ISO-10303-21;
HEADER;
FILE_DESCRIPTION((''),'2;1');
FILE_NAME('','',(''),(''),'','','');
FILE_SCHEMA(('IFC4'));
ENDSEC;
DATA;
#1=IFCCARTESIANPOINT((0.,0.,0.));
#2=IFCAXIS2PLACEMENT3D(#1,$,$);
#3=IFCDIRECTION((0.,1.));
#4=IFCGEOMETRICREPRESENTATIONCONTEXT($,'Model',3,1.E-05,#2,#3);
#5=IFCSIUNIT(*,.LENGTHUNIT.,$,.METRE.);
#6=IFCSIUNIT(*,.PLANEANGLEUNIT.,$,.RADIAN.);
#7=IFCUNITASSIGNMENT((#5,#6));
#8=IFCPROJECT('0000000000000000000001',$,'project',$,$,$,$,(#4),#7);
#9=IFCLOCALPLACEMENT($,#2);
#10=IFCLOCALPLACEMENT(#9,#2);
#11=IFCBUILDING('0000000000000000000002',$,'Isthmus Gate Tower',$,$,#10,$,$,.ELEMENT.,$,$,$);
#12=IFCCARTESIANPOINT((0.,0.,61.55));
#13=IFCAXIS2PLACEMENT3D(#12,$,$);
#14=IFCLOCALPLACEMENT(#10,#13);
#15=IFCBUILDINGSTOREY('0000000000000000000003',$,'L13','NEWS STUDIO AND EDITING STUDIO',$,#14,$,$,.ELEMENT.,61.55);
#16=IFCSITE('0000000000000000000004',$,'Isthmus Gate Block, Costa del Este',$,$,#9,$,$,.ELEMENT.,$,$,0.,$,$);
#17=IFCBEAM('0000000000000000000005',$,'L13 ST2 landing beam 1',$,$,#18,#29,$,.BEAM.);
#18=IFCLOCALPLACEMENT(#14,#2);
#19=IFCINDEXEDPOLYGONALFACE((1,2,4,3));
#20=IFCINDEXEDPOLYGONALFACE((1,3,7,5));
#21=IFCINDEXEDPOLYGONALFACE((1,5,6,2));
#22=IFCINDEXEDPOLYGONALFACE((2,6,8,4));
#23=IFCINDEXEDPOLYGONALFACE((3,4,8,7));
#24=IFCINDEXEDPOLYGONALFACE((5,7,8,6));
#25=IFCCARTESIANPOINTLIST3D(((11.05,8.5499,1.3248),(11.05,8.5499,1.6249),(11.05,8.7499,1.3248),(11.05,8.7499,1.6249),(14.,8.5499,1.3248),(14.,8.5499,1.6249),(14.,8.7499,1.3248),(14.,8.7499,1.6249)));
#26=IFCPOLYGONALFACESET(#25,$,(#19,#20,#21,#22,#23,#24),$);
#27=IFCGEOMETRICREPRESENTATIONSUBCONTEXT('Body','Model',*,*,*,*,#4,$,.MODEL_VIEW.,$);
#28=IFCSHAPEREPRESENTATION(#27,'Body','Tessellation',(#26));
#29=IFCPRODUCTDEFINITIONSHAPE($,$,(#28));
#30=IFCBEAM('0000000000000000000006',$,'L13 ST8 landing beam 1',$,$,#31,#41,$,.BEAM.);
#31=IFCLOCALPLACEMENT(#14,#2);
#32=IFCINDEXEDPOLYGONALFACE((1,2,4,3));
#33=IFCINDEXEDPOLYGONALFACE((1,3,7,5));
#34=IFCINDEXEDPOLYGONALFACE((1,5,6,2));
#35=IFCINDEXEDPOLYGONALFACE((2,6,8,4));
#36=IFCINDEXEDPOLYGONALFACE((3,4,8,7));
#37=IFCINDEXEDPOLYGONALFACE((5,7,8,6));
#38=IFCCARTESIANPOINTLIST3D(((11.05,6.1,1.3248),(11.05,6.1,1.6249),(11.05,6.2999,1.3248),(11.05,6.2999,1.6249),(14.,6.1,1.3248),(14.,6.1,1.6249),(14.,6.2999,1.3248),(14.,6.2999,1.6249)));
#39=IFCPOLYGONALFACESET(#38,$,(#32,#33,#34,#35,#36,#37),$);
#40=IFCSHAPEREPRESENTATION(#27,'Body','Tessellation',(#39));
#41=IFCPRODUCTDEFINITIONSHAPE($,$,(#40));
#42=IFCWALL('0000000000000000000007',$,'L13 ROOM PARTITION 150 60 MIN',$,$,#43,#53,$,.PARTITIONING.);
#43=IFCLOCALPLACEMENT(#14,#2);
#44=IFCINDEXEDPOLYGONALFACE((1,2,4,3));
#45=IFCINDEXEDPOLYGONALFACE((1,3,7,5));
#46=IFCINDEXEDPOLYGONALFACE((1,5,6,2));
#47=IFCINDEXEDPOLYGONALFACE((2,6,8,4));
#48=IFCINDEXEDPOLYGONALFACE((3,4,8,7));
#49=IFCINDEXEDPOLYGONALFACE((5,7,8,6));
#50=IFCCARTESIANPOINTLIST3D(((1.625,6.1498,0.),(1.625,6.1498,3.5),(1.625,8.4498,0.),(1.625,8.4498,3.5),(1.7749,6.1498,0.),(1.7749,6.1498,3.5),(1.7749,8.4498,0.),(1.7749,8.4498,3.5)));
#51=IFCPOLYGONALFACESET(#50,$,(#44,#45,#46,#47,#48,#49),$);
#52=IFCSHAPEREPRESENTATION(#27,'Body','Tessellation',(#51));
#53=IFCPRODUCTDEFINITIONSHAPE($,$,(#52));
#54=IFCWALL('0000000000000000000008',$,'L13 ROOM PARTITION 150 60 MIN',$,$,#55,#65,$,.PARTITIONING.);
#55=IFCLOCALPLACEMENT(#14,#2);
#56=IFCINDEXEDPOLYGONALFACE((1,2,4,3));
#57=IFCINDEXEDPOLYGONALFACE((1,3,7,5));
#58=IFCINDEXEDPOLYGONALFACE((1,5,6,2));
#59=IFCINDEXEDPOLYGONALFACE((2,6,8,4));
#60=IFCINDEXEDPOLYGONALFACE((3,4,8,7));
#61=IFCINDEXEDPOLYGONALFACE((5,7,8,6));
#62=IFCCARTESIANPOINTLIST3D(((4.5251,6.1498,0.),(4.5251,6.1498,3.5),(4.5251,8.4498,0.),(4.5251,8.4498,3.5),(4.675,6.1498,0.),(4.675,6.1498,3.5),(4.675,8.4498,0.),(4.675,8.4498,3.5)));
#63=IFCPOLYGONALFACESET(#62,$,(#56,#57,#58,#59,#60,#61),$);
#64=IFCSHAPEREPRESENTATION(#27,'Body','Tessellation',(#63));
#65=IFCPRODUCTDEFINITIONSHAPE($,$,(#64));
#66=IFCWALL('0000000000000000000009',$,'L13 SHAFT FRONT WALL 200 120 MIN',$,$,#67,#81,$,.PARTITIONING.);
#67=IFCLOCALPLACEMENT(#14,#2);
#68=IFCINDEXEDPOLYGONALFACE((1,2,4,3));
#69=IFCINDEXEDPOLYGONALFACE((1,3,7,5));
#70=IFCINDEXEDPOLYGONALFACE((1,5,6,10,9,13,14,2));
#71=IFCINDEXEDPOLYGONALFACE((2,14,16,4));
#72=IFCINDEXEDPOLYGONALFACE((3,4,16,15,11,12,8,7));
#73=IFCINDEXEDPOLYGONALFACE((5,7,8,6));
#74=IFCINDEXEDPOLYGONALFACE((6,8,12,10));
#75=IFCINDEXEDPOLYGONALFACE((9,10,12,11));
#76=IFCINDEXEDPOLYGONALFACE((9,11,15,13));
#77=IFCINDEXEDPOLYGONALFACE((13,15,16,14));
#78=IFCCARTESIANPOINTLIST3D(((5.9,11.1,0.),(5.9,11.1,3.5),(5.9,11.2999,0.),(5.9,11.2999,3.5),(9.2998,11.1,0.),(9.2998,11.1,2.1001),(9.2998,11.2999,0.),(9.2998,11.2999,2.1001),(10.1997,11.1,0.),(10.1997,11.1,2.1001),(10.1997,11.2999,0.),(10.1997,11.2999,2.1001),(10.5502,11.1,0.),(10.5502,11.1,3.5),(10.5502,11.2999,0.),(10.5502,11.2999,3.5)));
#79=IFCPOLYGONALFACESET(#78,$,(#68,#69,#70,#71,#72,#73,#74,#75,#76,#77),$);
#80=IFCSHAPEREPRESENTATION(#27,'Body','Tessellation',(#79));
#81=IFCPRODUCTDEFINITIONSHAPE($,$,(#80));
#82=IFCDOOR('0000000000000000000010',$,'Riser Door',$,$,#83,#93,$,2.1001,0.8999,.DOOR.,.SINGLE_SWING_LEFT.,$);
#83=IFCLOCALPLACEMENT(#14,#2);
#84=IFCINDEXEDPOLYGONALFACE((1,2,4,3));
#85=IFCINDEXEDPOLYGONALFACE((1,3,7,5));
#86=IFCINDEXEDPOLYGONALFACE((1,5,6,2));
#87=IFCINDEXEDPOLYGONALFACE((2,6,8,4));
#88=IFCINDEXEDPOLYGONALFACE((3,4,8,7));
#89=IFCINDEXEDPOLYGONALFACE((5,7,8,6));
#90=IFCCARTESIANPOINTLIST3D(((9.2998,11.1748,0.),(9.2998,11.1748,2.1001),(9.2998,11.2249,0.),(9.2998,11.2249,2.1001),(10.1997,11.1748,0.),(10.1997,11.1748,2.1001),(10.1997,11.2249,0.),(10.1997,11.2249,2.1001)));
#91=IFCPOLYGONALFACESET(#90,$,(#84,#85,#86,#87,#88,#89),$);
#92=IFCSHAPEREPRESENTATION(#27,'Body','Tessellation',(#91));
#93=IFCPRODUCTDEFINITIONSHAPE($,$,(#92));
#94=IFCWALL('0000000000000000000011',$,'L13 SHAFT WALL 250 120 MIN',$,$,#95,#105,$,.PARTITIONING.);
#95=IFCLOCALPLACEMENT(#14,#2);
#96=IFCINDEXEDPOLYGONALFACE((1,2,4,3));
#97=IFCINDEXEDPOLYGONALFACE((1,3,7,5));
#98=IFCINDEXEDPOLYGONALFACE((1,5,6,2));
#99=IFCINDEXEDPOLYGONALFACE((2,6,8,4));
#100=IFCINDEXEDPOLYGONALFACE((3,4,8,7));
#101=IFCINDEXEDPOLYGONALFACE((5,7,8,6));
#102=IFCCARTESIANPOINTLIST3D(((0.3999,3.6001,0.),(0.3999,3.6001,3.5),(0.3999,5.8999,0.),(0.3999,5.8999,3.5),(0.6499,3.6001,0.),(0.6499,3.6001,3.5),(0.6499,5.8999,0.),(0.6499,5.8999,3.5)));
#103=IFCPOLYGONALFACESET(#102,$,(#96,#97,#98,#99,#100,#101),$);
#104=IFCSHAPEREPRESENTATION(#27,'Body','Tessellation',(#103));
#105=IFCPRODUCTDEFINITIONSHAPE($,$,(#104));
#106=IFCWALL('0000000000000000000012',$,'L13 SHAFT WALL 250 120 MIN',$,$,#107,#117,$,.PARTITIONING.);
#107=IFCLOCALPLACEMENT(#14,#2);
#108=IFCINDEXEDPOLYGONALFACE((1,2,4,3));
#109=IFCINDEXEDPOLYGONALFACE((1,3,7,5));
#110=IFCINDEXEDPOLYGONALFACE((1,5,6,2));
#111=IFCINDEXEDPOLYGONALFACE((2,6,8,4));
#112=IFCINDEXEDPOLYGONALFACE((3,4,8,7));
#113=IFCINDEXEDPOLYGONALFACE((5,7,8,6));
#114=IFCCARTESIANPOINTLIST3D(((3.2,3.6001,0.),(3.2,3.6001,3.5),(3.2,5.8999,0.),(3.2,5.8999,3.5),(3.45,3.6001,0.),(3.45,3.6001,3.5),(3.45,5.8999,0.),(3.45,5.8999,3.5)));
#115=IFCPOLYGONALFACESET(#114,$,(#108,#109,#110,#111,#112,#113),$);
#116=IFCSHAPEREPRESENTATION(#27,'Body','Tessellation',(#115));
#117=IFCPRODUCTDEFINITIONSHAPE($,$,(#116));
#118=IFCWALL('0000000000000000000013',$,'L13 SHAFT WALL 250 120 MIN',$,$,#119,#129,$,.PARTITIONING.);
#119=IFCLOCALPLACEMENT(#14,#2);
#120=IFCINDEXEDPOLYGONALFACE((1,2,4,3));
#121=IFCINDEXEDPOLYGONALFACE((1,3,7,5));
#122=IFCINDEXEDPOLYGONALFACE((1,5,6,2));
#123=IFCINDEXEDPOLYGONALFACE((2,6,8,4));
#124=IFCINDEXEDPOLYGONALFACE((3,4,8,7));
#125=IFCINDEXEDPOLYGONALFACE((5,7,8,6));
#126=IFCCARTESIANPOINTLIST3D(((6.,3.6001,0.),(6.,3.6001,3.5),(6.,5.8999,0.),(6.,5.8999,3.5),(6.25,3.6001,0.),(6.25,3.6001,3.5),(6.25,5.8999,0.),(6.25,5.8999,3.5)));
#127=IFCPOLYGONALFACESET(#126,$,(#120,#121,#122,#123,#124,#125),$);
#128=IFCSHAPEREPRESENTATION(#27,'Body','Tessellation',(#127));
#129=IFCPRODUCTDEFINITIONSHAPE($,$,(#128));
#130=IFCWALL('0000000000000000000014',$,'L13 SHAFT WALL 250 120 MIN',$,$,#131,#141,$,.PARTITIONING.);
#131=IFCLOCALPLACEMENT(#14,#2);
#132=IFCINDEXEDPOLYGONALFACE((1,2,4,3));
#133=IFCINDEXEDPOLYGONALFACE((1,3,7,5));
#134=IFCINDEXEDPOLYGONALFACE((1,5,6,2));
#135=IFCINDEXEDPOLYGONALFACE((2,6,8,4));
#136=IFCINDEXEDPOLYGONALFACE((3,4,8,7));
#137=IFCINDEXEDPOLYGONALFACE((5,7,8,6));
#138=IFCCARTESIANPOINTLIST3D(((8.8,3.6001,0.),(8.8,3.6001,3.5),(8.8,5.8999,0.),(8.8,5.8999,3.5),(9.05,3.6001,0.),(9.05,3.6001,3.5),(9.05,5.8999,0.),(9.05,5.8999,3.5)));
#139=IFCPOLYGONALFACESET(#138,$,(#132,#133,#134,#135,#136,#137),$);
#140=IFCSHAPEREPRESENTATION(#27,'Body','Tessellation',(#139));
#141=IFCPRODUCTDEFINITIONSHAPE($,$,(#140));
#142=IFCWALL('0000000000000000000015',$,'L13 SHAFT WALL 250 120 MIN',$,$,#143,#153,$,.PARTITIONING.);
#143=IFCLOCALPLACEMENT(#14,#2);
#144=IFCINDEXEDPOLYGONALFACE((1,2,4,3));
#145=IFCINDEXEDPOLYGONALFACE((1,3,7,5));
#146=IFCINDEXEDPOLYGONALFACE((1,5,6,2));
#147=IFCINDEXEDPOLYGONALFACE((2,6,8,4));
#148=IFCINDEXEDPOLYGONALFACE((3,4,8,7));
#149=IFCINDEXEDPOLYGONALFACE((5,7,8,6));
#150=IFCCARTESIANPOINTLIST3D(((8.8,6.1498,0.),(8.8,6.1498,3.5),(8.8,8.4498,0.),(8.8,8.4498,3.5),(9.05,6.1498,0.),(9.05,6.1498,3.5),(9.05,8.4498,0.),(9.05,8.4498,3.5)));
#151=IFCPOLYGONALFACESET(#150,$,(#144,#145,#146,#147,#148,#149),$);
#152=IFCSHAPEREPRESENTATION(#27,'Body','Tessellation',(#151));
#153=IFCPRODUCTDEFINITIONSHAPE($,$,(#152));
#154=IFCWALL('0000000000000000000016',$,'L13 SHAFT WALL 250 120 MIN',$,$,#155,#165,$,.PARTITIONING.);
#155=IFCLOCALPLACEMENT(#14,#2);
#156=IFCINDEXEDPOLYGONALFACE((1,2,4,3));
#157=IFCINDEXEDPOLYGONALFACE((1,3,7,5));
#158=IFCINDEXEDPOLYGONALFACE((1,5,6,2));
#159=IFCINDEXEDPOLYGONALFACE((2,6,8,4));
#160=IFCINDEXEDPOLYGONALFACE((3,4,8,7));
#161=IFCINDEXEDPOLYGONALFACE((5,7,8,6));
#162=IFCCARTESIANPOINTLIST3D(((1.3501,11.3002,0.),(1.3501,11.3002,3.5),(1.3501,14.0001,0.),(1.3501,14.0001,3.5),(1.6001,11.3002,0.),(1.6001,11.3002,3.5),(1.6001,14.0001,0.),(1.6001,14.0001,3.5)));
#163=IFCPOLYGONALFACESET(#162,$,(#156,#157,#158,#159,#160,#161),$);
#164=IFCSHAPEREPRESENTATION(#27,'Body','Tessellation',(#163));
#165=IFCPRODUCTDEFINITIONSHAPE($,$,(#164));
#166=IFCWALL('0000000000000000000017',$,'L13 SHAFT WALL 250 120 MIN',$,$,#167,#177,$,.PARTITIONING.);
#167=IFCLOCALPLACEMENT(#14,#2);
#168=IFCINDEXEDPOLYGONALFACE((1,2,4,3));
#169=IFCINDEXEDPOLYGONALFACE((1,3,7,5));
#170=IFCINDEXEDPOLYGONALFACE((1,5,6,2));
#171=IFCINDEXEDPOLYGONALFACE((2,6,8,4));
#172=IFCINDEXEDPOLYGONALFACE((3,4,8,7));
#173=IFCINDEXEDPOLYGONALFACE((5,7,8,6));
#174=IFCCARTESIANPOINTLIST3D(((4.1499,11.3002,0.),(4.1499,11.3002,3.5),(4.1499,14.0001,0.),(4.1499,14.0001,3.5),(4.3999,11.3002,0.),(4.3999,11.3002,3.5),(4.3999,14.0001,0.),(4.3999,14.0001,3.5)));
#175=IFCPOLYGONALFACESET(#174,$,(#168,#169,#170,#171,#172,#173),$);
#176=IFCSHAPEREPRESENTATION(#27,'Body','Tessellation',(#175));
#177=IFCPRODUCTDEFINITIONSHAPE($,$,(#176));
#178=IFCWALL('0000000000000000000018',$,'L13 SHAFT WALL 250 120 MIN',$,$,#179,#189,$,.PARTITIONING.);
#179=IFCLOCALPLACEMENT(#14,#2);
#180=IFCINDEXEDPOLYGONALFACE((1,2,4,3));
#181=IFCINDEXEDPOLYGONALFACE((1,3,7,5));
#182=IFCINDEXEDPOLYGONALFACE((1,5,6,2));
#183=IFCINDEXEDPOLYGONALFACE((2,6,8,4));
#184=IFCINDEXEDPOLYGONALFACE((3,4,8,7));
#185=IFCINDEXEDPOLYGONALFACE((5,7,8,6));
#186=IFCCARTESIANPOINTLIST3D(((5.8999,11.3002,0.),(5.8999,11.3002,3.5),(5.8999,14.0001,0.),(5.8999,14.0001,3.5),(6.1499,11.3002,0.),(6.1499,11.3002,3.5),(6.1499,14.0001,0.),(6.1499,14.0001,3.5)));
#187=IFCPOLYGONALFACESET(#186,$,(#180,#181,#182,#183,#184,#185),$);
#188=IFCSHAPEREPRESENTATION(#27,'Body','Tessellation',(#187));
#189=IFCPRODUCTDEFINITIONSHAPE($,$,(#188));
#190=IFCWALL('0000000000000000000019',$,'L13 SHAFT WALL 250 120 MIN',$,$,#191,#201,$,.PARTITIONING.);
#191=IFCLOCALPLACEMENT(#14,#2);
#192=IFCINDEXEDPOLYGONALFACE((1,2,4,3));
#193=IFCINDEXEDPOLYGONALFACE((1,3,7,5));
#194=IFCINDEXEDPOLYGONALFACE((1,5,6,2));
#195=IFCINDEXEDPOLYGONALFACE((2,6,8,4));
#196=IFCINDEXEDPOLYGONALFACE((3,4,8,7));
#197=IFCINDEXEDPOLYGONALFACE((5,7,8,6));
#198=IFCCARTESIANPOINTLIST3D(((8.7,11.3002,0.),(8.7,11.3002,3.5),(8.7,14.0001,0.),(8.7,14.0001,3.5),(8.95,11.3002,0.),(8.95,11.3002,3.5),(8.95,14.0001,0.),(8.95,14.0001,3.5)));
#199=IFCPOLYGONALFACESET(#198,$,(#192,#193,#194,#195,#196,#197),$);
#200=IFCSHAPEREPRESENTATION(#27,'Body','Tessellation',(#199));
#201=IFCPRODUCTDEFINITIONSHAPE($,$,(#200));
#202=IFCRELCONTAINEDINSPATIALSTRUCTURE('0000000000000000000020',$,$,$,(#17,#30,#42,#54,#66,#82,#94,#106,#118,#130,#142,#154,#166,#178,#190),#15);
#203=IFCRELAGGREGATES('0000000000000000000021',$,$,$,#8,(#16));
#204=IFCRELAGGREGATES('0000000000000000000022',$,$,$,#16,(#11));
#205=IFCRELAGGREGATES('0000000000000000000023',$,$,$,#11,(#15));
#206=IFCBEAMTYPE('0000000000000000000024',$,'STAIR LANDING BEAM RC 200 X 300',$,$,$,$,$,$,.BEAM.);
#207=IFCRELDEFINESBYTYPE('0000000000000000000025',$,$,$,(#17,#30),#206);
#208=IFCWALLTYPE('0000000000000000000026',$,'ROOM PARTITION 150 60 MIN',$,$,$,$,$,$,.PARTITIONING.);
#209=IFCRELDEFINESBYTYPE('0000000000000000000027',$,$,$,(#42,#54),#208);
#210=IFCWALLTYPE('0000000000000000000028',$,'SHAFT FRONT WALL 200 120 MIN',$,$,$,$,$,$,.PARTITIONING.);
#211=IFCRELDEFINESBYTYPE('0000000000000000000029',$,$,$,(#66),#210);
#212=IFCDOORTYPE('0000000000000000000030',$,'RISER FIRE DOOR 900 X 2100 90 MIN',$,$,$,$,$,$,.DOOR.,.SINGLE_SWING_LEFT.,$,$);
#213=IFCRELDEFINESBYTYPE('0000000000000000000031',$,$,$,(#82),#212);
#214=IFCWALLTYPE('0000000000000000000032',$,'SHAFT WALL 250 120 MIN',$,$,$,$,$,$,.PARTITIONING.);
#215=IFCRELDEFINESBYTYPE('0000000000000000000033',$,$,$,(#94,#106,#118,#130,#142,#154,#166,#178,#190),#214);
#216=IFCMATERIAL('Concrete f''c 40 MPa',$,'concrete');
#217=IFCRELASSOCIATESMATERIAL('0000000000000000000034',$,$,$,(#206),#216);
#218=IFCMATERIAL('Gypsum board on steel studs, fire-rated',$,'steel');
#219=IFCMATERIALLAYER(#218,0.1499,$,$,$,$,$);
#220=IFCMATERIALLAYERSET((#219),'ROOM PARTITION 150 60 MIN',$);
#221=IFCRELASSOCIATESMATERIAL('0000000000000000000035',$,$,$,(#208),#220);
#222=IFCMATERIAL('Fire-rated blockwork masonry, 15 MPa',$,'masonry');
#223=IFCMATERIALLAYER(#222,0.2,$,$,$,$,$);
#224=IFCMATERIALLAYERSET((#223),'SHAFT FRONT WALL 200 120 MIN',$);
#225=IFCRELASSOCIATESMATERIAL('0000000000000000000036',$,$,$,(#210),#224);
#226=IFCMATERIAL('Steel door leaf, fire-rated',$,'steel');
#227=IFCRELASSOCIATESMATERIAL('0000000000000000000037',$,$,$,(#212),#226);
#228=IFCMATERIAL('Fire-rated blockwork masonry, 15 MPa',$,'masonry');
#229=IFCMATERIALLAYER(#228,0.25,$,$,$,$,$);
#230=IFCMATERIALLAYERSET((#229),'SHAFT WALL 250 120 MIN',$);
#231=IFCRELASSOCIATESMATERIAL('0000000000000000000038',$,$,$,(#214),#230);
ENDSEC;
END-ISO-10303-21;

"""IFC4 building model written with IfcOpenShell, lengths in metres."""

from ifc_helpers import new_model, si_unit, direction, frame, frame_2d, origin, origin_2d, place, context, subcontext, project, spatial, rectangle, extrude, material, layer, layer_set, material_profile, profile_set, type_object, element, fill, save


model = new_model("IFC4")

# Units and contexts
model_context = context("Model", 3, precision=1e-05, world=origin(), true_north=direction((0.0, 1.0)))
body_context = subcontext(model_context, "Body", "Model", "MODEL_VIEW")
ifc_project = project(units=[si_unit("LENGTHUNIT", "METRE"), si_unit("PLANEANGLEUNIT", "RADIAN")], contexts=[model_context])

# Site, building, storey
site_placement = place(None, origin())
site = spatial("IfcSite", under=ifc_project, at=site_placement, Name="Isthmus Gate Block, Costa del Este", CompositionType="ELEMENT", RefElevation=0.0)
building_placement = place(site_placement, origin())
building = spatial("IfcBuilding", under=site, at=building_placement, Name="Isthmus Gate Tower", CompositionType="ELEMENT")
storey_placement = place(building_placement, frame((0.0, 0.0, 61.55)))
storey = spatial("IfcBuildingStorey", under=building, at=storey_placement, Name="L13", Description="NEWS STUDIO AND EDITING STUDIO", CompositionType="ELEMENT", Elevation=61.55)

# Beams
ifc_material_1 = material(Name="Concrete f'c 40 MPa", Category="concrete")
ifc_material_profile = material_profile(ifc_material_1, rectangle(XDim=0.2, YDim=0.3, at=origin_2d()), Name="STAIR LANDING BEAM RC 200 X 300")
ifc_profile_set = profile_set([ifc_material_profile], Name="Concrete f'c 40 MPa")
beam_type = type_object("IfcBeamType", Name="STAIR LANDING BEAM RC 200 X 300", PredefinedType="BEAM", material=ifc_profile_set)
for number, where, z_axis, x_axis, name in (
    (1, (11.05, 8.6499, 1.4749), (1.0, 0.0, 0.0), (0.0, 1.0, 0.0), "L13 ST2 landing beam 1"),
    (2, (11.05, 6.2, 1.4749), (1.0, 0.0, 0.0), (0.0, 1.0, 0.0), "L13 ST8 landing beam 1"),
):
    element("IfcBeam", number, at=place(storey_placement, frame(where, z_axis=z_axis, x_axis=x_axis)), inside=storey, type_object=beam_type, Name=name, PredefinedType="BEAM", context=body_context, shape_type="SweptSolid", body=[
        extrude(rectangle(XDim=0.2, YDim=0.3, at=origin_2d()), origin(), (0.0, 0.0, 1.0), 2.95),
    ])

# Walls
ifc_material_2 = material(Name="Gypsum board on steel studs, fire-rated", Category="steel")
ifc_layer_1 = layer(ifc_material_2, 0.1499)
ifc_layer_set_1 = layer_set([ifc_layer_1], Name="ROOM PARTITION 150 60 MIN")
wall_type_1 = type_object("IfcWallType", Name="ROOM PARTITION 150 60 MIN", PredefinedType="PARTITIONING", material=ifc_layer_set_1)
for number, where, z_axis, x_axis, name in (
    (3, (1.7, 6.1499, 0.0), (0.0, 0.0, 1.0), (0.0, 1.0, 0.0), "L13 ROOM PARTITION 150 60 MIN"),
    (4, (4.6001, 6.1499, 0.0), (0.0, 0.0, 1.0), (0.0, 1.0, 0.0), "L13 ROOM PARTITION 150 60 MIN"),
):
    element("IfcWall", number, at=place(storey_placement, frame(where, z_axis=z_axis, x_axis=x_axis)), inside=storey, type_object=wall_type_1, Name=name, PredefinedType="PARTITIONING", context=body_context, shape_type="SweptSolid", body=[
        extrude(rectangle(XDim=2.3, YDim=0.1499, at=frame_2d((1.1499, 0.0))), origin(), (0.0, 0.0, 1.0), 3.5),
    ])

# Wall, opening, door
ifc_material_3 = material(Name="Fire-rated blockwork masonry, 15 MPa", Category="masonry")
ifc_layer_2 = layer(ifc_material_3, 0.2)
ifc_layer_set_2 = layer_set([ifc_layer_2], Name="SHAFT FRONT WALL 200 120 MIN")
wall_type_2 = type_object("IfcWallType", Name="SHAFT FRONT WALL 200 120 MIN", PredefinedType="PARTITIONING", material=ifc_layer_set_2)
wall_1_placement = place(storey_placement, frame((5.8999, 11.2, 0.0), z_axis=(0.0, 0.0, 1.0), x_axis=(1.0, 0.0, 0.0)))
wall_1 = element("IfcWall", 5, at=wall_1_placement, inside=storey, type_object=wall_type_2, Name="L13 SHAFT FRONT WALL 200 120 MIN", PredefinedType="PARTITIONING", context=body_context, shape_type="SweptSolid", body=[
    extrude(rectangle(XDim=4.6501, YDim=0.2, at=frame_2d((2.3252, 0.0))), origin(), (0.0, 0.0, 1.0), 3.5),
])
opening_placement = place(wall_1_placement, frame((3.3999, 0.0, 0.0)))
opening = element("IfcOpeningElement", 6, at=opening_placement, cuts=wall_1, PredefinedType="OPENING", context=body_context, shape_type="SweptSolid", body=[
    extrude(rectangle(XDim=0.8999, YDim=2.1001, at=frame_2d((0.45, 1.05))), frame((0.0, 0.1099, 0.0), z_axis=(0.0, -1.0, 0.0), x_axis=(1.0, 0.0, 0.0)), (0.0, 0.0, 1.0), 0.22),
])
ifc_material_4 = material(Name="Steel door leaf, fire-rated", Category="steel")
door_type = type_object("IfcDoorType", Name="RISER FIRE DOOR 900 X 2100 90 MIN", OperationType="SINGLE_SWING_LEFT", PredefinedType="DOOR", material=ifc_material_4)
door_placement = place(opening_placement, origin())
door = element("IfcDoor", 7, at=door_placement, inside=storey, type_object=door_type, Name="Riser Door", OperationType="SINGLE_SWING_LEFT", OverallHeight=2.1001, OverallWidth=0.8999, PredefinedType="DOOR", context=body_context, shape_type="SweptSolid", body=[
    extrude(rectangle(XDim=0.8999, YDim=2.1001, at=frame_2d((0.45, 1.05))), frame((0.0, 0.0249, 0.0), z_axis=(0.0, -1.0, 0.0), x_axis=(1.0, 0.0, 0.0)), (0.0, 0.0, 1.0), 0.05),
])
fill(opening, door)

# Walls
ifc_material_5 = material(Name="Fire-rated blockwork masonry, 15 MPa", Category="masonry")
ifc_layer_3 = layer(ifc_material_5, 0.25)
ifc_layer_set_3 = layer_set([ifc_layer_3], Name="SHAFT WALL 250 120 MIN")
wall_type_3 = type_object("IfcWallType", Name="SHAFT WALL 250 120 MIN", PredefinedType="PARTITIONING", material=ifc_layer_set_3)
for number, where, z_axis, x_axis, name in (
    (8, (0.5249, 3.6001, 0.0), (0.0, 0.0, 1.0), (0.0, 1.0, 0.0), "L13 SHAFT WALL 250 120 MIN"),
    (9, (3.325, 3.6001, 0.0), (0.0, 0.0, 1.0), (0.0, 1.0, 0.0), "L13 SHAFT WALL 250 120 MIN"),
    (10, (6.125, 3.6001, 0.0), (0.0, 0.0, 1.0), (0.0, 1.0, 0.0), "L13 SHAFT WALL 250 120 MIN"),
    (11, (8.925, 3.6001, 0.0), (0.0, 0.0, 1.0), (0.0, 1.0, 0.0), "L13 SHAFT WALL 250 120 MIN"),
):
    element("IfcWall", number, at=place(storey_placement, frame(where, z_axis=z_axis, x_axis=x_axis)), inside=storey, type_object=wall_type_3, Name=name, PredefinedType="PARTITIONING", context=body_context, shape_type="SweptSolid", body=[
        extrude(rectangle(XDim=2.2998, YDim=0.25, at=frame_2d((1.1499, 0.0))), origin(), (0.0, 0.0, 1.0), 3.5),
    ])
wall_2_placement = place(storey_placement, frame((8.925, 6.1499, 0.0), z_axis=(0.0, 0.0, 1.0), x_axis=(0.0, 1.0, 0.0)))
element("IfcWall", 12, at=wall_2_placement, inside=storey, type_object=wall_type_3, Name="L13 SHAFT WALL 250 120 MIN", PredefinedType="PARTITIONING", context=body_context, shape_type="SweptSolid", body=[
    extrude(rectangle(XDim=2.3, YDim=0.25, at=frame_2d((1.1499, 0.0))), origin(), (0.0, 0.0, 1.0), 3.5),
])
for number, where, z_axis, x_axis, name in (
    (13, (1.4751, 11.3, 0.0), (0.0, 0.0, 1.0), (0.0, 1.0, 0.0), "L13 SHAFT WALL 250 120 MIN"),
    (14, (4.2749, 11.3, 0.0), (0.0, 0.0, 1.0), (0.0, 1.0, 0.0), "L13 SHAFT WALL 250 120 MIN"),
    (15, (6.0249, 11.3, 0.0), (0.0, 0.0, 1.0), (0.0, 1.0, 0.0), "L13 SHAFT WALL 250 120 MIN"),
    (16, (8.825, 11.3, 0.0), (0.0, 0.0, 1.0), (0.0, 1.0, 0.0), "L13 SHAFT WALL 250 120 MIN"),
):
    element("IfcWall", number, at=place(storey_placement, frame(where, z_axis=z_axis, x_axis=x_axis)), inside=storey, type_object=wall_type_3, Name=name, PredefinedType="PARTITIONING", context=body_context, shape_type="SweptSolid", body=[
        extrude(rectangle(XDim=2.7, YDim=0.25, at=frame_2d((1.3501, 0.0))), origin(), (0.0, 0.0, 1.0), 3.5),
    ])

save(model, "model.ifc")
